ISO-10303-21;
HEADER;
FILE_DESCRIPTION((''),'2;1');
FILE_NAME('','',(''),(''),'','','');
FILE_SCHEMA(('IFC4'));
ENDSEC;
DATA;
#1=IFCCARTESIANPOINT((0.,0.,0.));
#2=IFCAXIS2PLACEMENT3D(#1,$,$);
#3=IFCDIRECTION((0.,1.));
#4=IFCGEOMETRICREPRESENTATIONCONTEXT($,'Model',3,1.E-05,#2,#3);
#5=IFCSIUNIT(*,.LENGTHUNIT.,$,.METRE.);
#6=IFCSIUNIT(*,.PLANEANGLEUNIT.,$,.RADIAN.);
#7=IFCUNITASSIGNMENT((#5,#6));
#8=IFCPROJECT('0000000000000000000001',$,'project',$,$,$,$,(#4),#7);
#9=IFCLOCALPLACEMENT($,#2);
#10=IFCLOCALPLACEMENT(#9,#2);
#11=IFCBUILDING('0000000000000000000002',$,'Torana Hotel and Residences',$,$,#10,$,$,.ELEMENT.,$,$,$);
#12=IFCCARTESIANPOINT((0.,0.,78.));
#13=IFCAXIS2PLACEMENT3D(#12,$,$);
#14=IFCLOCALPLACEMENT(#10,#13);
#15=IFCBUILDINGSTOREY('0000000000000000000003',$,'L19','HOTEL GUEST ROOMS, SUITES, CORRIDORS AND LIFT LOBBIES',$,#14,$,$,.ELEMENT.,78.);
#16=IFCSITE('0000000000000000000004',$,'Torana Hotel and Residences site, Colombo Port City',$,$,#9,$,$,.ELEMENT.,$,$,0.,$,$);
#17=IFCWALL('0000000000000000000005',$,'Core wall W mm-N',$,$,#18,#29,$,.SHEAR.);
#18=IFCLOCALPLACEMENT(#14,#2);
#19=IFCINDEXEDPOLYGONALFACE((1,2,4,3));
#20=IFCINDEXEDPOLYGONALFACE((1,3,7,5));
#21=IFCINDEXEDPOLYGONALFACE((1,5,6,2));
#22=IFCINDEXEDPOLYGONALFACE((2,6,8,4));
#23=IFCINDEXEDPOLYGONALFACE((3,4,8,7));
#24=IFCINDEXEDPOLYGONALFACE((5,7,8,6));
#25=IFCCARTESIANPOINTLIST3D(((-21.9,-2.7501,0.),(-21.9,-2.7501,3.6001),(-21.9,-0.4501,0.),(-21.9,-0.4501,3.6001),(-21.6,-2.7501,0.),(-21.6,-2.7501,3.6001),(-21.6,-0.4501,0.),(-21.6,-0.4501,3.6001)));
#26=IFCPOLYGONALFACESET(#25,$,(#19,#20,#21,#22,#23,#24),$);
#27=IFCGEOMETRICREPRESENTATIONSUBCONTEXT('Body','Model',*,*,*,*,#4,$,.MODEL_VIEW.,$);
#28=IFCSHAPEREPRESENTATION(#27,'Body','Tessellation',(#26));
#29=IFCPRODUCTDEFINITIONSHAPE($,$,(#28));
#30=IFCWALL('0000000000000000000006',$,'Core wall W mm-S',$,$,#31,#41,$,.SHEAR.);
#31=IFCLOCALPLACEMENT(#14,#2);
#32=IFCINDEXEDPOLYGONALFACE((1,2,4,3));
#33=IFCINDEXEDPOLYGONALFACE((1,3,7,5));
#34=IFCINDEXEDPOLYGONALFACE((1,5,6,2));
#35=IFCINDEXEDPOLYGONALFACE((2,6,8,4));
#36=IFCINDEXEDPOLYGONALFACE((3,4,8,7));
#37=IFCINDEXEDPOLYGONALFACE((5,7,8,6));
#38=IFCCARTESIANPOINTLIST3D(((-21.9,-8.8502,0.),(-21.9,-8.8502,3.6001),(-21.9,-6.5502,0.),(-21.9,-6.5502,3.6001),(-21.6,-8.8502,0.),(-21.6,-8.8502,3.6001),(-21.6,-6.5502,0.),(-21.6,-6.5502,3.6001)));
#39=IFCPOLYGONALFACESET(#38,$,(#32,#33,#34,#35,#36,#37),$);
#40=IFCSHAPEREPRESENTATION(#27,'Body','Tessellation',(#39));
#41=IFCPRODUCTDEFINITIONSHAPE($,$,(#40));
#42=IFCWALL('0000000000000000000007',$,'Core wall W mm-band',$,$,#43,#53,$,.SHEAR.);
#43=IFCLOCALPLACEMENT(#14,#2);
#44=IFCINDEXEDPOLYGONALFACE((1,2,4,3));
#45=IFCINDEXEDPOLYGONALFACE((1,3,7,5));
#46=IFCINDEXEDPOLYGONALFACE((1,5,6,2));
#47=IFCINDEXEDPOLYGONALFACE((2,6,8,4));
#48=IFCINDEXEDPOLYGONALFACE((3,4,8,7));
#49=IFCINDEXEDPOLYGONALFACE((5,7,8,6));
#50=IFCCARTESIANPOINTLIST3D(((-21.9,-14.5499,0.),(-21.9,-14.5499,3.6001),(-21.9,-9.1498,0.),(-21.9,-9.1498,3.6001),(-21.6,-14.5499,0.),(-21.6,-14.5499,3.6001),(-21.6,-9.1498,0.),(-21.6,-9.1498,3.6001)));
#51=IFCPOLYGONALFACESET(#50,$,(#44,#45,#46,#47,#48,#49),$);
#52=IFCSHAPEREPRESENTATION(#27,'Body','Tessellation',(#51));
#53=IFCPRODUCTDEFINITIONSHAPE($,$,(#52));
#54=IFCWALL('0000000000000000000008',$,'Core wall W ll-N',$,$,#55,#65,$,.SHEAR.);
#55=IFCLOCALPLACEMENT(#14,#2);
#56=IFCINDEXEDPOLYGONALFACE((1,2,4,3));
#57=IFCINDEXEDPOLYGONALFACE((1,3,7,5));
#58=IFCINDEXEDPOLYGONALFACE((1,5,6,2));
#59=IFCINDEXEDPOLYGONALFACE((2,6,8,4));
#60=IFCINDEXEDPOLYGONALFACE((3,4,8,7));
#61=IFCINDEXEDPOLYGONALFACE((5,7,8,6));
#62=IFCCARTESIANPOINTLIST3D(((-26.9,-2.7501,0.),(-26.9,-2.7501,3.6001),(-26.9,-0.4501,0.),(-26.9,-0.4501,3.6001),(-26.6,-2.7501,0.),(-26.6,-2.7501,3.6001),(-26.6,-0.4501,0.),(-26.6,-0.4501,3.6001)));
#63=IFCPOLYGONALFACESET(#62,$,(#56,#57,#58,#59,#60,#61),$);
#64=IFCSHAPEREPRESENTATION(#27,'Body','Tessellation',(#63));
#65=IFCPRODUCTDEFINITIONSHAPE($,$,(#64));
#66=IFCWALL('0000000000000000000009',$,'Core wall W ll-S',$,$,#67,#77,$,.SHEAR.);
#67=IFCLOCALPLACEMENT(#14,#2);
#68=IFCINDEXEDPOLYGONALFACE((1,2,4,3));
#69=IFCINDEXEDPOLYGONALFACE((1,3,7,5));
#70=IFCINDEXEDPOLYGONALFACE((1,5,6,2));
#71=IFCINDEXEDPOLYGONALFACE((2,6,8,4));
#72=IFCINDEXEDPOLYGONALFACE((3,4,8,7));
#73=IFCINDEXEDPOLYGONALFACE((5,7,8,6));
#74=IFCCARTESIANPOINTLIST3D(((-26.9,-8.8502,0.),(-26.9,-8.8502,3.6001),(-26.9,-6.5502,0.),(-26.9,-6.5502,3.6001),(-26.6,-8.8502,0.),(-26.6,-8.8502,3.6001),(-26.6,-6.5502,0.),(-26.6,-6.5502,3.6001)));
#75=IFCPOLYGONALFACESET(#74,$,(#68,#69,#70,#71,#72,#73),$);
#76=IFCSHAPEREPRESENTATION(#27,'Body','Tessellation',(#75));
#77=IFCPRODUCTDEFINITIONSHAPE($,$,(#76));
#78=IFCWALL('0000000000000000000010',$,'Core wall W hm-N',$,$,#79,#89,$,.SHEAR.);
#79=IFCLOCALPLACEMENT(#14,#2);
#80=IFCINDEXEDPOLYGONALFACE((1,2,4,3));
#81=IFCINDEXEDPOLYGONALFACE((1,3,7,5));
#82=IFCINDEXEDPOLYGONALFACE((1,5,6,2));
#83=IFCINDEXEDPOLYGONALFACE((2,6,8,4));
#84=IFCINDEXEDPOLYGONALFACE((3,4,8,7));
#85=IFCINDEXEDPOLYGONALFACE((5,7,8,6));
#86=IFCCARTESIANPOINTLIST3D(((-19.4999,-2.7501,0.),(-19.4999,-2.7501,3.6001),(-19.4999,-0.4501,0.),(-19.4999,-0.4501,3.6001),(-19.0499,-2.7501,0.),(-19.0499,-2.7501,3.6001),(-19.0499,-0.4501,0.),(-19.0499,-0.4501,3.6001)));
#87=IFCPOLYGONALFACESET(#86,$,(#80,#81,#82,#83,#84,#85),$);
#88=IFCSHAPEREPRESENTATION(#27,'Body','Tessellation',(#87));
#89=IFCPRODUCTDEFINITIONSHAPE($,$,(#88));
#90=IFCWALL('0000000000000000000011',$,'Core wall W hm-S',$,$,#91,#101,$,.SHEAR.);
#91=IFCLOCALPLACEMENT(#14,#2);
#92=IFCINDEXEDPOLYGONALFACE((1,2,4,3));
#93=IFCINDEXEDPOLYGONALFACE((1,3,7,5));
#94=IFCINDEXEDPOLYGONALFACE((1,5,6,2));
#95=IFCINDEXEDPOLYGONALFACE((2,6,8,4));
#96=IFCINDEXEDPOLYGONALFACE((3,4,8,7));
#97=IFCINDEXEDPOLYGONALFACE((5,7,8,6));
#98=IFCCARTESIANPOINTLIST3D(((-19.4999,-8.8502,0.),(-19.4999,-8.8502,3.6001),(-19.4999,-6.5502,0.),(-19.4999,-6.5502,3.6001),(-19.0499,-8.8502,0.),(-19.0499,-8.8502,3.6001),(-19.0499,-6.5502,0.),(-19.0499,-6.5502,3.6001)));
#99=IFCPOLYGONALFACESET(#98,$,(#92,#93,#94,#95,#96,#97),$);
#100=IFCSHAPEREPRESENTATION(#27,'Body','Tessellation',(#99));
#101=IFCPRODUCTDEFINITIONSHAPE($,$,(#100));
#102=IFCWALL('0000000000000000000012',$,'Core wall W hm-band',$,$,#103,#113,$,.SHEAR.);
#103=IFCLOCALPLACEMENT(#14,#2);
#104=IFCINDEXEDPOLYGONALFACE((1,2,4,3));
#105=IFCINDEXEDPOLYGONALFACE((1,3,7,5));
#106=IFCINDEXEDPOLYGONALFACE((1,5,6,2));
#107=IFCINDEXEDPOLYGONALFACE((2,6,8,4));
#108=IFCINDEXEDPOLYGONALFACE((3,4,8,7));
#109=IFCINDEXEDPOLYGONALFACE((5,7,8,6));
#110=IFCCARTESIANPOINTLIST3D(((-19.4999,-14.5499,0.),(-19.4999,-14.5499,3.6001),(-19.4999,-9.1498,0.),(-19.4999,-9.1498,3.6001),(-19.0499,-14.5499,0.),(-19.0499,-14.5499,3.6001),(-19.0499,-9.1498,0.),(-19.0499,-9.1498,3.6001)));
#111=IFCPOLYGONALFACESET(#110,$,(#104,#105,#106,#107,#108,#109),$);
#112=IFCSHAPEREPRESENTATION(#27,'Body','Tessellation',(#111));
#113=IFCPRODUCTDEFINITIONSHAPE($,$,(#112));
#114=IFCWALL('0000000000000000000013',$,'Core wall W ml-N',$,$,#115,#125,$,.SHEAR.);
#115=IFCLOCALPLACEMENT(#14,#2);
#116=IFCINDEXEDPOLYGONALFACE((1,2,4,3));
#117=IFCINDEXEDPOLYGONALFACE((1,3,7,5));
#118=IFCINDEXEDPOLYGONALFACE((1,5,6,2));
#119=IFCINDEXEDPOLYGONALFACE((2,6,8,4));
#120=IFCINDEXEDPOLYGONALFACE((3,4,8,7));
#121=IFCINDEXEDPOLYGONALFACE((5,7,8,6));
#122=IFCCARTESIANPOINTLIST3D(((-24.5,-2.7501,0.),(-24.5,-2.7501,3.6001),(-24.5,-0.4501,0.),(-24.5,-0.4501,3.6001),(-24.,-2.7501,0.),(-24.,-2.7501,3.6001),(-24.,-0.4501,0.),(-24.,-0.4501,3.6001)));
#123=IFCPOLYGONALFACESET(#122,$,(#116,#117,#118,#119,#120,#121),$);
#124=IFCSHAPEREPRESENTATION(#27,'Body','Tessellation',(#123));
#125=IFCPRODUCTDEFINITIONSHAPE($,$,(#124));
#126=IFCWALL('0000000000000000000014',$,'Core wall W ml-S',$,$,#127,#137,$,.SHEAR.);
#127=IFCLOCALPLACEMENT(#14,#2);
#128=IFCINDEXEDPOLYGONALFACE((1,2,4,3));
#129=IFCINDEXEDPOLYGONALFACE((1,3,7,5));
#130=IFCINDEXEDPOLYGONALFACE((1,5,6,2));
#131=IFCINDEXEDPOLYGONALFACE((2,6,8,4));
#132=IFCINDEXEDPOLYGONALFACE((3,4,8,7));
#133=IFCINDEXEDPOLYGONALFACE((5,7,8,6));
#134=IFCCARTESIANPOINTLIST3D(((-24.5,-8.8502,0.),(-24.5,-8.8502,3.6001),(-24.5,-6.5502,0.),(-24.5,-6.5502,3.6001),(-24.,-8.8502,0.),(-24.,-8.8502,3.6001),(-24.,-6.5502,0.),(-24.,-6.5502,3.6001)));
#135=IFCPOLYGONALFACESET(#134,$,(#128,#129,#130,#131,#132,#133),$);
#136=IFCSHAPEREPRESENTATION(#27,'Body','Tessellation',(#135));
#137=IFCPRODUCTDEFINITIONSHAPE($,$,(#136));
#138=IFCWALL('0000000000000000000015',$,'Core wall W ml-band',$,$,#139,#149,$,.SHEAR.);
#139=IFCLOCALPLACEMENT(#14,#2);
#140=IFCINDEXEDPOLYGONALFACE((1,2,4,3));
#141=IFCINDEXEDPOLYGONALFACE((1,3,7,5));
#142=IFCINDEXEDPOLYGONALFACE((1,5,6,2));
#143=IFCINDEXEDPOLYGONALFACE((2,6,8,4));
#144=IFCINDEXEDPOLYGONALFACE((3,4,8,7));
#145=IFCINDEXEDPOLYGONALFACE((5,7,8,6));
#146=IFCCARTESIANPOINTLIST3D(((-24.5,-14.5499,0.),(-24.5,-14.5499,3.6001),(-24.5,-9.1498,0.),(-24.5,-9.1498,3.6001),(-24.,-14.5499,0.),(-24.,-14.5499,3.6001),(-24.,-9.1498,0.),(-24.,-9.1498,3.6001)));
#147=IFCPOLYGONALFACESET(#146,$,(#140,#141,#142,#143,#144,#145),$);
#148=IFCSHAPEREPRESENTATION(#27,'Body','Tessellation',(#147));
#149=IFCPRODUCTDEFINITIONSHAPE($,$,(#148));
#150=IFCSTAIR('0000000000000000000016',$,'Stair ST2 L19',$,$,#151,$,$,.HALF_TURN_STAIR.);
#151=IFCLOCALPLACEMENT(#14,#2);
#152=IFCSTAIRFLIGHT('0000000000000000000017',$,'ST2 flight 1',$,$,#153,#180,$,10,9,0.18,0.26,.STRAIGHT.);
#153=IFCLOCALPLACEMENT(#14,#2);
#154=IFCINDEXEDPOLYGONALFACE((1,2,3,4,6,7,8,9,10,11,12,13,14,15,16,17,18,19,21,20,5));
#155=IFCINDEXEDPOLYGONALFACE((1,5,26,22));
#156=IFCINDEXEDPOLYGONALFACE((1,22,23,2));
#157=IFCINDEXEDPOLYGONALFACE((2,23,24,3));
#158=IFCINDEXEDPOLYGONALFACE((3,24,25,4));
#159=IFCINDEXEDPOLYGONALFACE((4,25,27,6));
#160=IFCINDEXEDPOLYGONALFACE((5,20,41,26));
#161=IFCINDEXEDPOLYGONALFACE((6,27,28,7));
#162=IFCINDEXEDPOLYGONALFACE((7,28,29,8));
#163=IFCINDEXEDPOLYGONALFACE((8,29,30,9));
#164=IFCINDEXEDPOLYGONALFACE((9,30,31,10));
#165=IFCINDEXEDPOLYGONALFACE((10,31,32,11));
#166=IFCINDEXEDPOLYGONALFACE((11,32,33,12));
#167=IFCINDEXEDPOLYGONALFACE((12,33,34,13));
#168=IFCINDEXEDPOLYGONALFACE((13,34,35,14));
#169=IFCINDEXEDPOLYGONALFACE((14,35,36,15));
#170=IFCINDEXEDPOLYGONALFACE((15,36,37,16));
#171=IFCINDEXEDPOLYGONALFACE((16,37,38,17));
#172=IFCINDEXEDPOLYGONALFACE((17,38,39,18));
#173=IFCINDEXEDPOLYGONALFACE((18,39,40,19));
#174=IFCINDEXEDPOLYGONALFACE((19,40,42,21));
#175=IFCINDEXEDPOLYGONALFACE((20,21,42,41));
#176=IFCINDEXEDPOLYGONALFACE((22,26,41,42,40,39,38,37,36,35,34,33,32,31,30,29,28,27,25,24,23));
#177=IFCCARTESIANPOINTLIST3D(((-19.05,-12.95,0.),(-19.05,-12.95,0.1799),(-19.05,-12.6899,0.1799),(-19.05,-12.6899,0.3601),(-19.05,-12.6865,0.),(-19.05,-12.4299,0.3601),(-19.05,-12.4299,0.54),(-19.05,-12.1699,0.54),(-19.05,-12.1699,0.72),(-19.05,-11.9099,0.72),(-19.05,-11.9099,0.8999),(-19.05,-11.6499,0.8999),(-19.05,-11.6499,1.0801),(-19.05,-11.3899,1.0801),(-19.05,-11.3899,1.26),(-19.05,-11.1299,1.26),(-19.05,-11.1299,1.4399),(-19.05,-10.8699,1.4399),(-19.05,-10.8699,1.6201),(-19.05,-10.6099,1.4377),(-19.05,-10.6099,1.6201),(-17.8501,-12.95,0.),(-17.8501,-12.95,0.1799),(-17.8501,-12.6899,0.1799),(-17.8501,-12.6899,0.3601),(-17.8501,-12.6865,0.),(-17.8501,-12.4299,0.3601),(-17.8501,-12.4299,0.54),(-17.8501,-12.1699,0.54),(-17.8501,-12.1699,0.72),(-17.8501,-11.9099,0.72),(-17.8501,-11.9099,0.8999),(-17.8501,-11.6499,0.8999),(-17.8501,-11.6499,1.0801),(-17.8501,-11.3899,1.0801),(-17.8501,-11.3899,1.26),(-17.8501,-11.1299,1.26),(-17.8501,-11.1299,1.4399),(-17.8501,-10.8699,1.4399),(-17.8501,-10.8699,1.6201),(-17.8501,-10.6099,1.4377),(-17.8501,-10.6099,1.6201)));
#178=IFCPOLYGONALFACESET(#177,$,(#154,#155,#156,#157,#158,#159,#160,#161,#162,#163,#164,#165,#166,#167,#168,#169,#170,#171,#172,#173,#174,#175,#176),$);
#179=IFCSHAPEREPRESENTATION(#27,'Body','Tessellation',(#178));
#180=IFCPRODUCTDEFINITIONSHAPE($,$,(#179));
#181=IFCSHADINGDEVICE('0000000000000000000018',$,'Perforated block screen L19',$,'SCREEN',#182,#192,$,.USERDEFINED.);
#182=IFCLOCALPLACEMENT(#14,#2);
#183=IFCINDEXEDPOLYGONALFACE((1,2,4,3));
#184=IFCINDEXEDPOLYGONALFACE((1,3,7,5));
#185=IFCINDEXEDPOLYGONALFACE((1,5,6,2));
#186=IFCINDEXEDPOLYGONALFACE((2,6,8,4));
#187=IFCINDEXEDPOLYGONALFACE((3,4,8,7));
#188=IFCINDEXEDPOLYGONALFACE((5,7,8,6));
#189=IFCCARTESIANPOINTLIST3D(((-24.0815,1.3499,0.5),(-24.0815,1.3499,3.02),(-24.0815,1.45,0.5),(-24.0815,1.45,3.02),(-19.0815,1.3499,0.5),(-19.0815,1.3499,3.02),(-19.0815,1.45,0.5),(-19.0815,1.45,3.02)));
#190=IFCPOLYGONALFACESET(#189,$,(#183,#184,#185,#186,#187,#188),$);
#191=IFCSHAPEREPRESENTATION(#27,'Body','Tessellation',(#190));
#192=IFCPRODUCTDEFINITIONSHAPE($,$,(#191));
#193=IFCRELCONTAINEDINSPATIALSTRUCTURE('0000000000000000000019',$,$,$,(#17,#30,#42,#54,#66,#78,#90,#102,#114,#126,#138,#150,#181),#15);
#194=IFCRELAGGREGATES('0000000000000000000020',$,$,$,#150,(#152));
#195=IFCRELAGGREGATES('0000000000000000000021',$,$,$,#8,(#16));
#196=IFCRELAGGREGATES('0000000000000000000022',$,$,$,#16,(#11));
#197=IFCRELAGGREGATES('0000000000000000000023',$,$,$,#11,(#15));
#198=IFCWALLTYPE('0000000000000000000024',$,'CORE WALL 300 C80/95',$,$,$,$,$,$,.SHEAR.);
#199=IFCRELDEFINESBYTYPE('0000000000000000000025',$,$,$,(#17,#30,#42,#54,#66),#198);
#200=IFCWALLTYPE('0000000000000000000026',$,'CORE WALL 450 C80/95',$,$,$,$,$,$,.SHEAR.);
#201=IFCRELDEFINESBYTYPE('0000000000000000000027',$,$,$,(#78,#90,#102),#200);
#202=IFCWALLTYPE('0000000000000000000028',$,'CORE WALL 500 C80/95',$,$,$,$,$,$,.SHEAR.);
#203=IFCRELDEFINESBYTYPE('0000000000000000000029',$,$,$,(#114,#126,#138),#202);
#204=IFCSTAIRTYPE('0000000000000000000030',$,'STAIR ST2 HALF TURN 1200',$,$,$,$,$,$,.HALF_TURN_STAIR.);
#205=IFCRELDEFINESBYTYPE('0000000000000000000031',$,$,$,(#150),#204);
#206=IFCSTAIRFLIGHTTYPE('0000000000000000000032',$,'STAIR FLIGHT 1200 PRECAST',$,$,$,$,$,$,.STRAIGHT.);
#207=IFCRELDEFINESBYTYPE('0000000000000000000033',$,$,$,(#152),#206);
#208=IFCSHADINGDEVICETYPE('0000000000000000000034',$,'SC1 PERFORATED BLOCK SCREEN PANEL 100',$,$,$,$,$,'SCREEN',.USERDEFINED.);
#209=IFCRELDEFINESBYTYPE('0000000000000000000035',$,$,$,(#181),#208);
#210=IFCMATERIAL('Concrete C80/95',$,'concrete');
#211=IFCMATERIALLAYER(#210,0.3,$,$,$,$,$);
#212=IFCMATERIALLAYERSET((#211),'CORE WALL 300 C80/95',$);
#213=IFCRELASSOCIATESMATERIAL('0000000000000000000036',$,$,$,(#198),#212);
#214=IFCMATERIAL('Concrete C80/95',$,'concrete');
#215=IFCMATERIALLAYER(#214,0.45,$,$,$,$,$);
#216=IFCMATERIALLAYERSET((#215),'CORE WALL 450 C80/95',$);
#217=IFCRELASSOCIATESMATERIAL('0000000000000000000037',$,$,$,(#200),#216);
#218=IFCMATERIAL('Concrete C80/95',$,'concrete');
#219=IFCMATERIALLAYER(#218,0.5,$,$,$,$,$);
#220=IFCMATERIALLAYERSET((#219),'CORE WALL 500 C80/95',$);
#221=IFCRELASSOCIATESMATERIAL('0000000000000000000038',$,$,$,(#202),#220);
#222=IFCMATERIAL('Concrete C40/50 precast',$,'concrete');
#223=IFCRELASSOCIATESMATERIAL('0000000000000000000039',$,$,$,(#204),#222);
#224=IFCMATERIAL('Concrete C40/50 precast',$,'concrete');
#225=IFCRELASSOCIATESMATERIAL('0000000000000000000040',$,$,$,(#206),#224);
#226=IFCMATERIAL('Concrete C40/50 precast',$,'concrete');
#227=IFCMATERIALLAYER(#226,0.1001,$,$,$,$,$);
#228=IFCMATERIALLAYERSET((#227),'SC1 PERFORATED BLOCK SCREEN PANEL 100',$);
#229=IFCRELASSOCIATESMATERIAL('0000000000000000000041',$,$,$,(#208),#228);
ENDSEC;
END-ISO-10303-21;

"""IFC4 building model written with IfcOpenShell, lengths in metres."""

from ifc_helpers import new_model, si_unit, direction, frame, frame_2d, origin, origin_2d, place, context, subcontext, project, spatial, polyline, rectangle, outline, extrude, material, layer, layer_set, type_object, element, aggregate, save


model = new_model("IFC4")

# Units and contexts
model_context = context("Model", 3, precision=1e-05, world=origin(), true_north=direction((0.0, 1.0)))
body_context = subcontext(model_context, "Body", "Model", "MODEL_VIEW")
ifc_project = project(units=[si_unit("LENGTHUNIT", "METRE"), si_unit("PLANEANGLEUNIT", "RADIAN")], contexts=[model_context])

# Site, building, storey
site_placement = place(None, origin())
site = spatial("IfcSite", under=ifc_project, at=site_placement, Name="Torana Hotel and Residences site, Colombo Port City", CompositionType="ELEMENT", RefElevation=0.0)
building_placement = place(site_placement, origin())
building = spatial("IfcBuilding", under=site, at=building_placement, Name="Torana Hotel and Residences", CompositionType="ELEMENT")
storey_placement = place(building_placement, frame((0.0, 0.0, 78.0)))
storey = spatial("IfcBuildingStorey", under=building, at=storey_placement, Name="L19", Description="HOTEL GUEST ROOMS, SUITES, CORRIDORS AND LIFT LOBBIES", CompositionType="ELEMENT", Elevation=78.0)

# Walls
ifc_material_1 = material(Name="Concrete C80/95", Category="concrete")
ifc_layer_1 = layer(ifc_material_1, 0.3)
ifc_layer_set_1 = layer_set([ifc_layer_1], Name="CORE WALL 300 C80/95")
wall_type_1 = type_object("IfcWallType", Name="CORE WALL 300 C80/95", PredefinedType="SHEAR", material=ifc_layer_set_1)
for number, where, z_axis, x_axis, name in (
    (1, (-21.75, -2.75, 0.0), (0.0, 0.0, 1.0), (0.0, 1.0, 0.0), "Core wall W mm-N"),
    (2, (-21.75, -8.8501, 0.0), (0.0, 0.0, 1.0), (0.0, 1.0, 0.0), "Core wall W mm-S"),
):
    element("IfcWall", number, at=place(storey_placement, frame(where, z_axis=z_axis, x_axis=x_axis)), inside=storey, type_object=wall_type_1, Name=name, PredefinedType="SHEAR", context=body_context, shape_type="SweptSolid", body=[
        extrude(rectangle(XDim=2.3, YDim=0.3, at=frame_2d((1.1499, 0.0))), origin(), (0.0, 0.0, 1.0), 3.6001),
    ])
wall_1_placement = place(storey_placement, frame((-21.75, -14.55, 0.0), z_axis=(0.0, 0.0, 1.0), x_axis=(0.0, 1.0, 0.0)))
element("IfcWall", 3, at=wall_1_placement, inside=storey, type_object=wall_type_1, Name="Core wall W mm-band", PredefinedType="SHEAR", context=body_context, shape_type="SweptSolid", body=[
    extrude(rectangle(XDim=5.4001, YDim=0.3, at=frame_2d((2.7002, 0.0))), origin(), (0.0, 0.0, 1.0), 3.6001),
])
for number, where, z_axis, x_axis, name in (
    (4, (-26.75, -2.75, 0.0), (0.0, 0.0, 1.0), (0.0, 1.0, 0.0), "Core wall W ll-N"),
    (5, (-26.75, -8.8501, 0.0), (0.0, 0.0, 1.0), (0.0, 1.0, 0.0), "Core wall W ll-S"),
):
    element("IfcWall", number, at=place(storey_placement, frame(where, z_axis=z_axis, x_axis=x_axis)), inside=storey, type_object=wall_type_1, Name=name, PredefinedType="SHEAR", context=body_context, shape_type="SweptSolid", body=[
        extrude(rectangle(XDim=2.3, YDim=0.3, at=frame_2d((1.1499, 0.0))), origin(), (0.0, 0.0, 1.0), 3.6001),
    ])
ifc_material_2 = material(Name="Concrete C80/95", Category="concrete")
ifc_layer_2 = layer(ifc_material_2, 0.45)
ifc_layer_set_2 = layer_set([ifc_layer_2], Name="CORE WALL 450 C80/95")
wall_type_2 = type_object("IfcWallType", Name="CORE WALL 450 C80/95", PredefinedType="SHEAR", material=ifc_layer_set_2)
for number, where, z_axis, x_axis, name in (
    (6, (-19.2749, -2.75, 0.0), (0.0, 0.0, 1.0), (0.0, 1.0, 0.0), "Core wall W hm-N"),
    (7, (-19.2749, -8.8501, 0.0), (0.0, 0.0, 1.0), (0.0, 1.0, 0.0), "Core wall W hm-S"),
):
    element("IfcWall", number, at=place(storey_placement, frame(where, z_axis=z_axis, x_axis=x_axis)), inside=storey, type_object=wall_type_2, Name=name, PredefinedType="SHEAR", context=body_context, shape_type="SweptSolid", body=[
        extrude(rectangle(XDim=2.3, YDim=0.45, at=frame_2d((1.1499, 0.0))), origin(), (0.0, 0.0, 1.0), 3.6001),
    ])
wall_2_placement = place(storey_placement, frame((-19.2749, -14.55, 0.0), z_axis=(0.0, 0.0, 1.0), x_axis=(0.0, 1.0, 0.0)))
element("IfcWall", 8, at=wall_2_placement, inside=storey, type_object=wall_type_2, Name="Core wall W hm-band", PredefinedType="SHEAR", context=body_context, shape_type="SweptSolid", body=[
    extrude(rectangle(XDim=5.4001, YDim=0.45, at=frame_2d((2.7002, 0.0))), origin(), (0.0, 0.0, 1.0), 3.6001),
])
ifc_material_3 = material(Name="Concrete C80/95", Category="concrete")
ifc_layer_3 = layer(ifc_material_3, 0.5)
ifc_layer_set_3 = layer_set([ifc_layer_3], Name="CORE WALL 500 C80/95")
wall_type_3 = type_object("IfcWallType", Name="CORE WALL 500 C80/95", PredefinedType="SHEAR", material=ifc_layer_set_3)
for number, where, z_axis, x_axis, name in (
    (9, (-24.25, -2.75, 0.0), (0.0, 0.0, 1.0), (0.0, 1.0, 0.0), "Core wall W ml-N"),
    (10, (-24.25, -8.8501, 0.0), (0.0, 0.0, 1.0), (0.0, 1.0, 0.0), "Core wall W ml-S"),
):
    element("IfcWall", number, at=place(storey_placement, frame(where, z_axis=z_axis, x_axis=x_axis)), inside=storey, type_object=wall_type_3, Name=name, PredefinedType="SHEAR", context=body_context, shape_type="SweptSolid", body=[
        extrude(rectangle(XDim=2.3, YDim=0.5, at=frame_2d((1.1499, 0.0))), origin(), (0.0, 0.0, 1.0), 3.6001),
    ])
wall_3_placement = place(storey_placement, frame((-24.25, -14.55, 0.0), z_axis=(0.0, 0.0, 1.0), x_axis=(0.0, 1.0, 0.0)))
element("IfcWall", 11, at=wall_3_placement, inside=storey, type_object=wall_type_3, Name="Core wall W ml-band", PredefinedType="SHEAR", context=body_context, shape_type="SweptSolid", body=[
    extrude(rectangle(XDim=5.4001, YDim=0.5, at=frame_2d((2.7002, 0.0))), origin(), (0.0, 0.0, 1.0), 3.6001),
])

# Stair, stair flight
ifc_material_4 = material(Name="Concrete C40/50 precast", Category="concrete")
stair_type = type_object("IfcStairType", Name="STAIR ST2 HALF TURN 1200", PredefinedType="HALF_TURN_STAIR", material=ifc_material_4)
stair_placement = place(storey_placement, origin())
stair = element("IfcStair", 12, at=stair_placement, inside=storey, type_object=stair_type, Name="Stair ST2 L19", PredefinedType="HALF_TURN_STAIR")
ifc_material_5 = material(Name="Concrete C40/50 precast", Category="concrete")
stair_flight_type = type_object("IfcStairFlightType", Name="STAIR FLIGHT 1200 PRECAST", PredefinedType="STRAIGHT", material=ifc_material_5)
stair_flight_placement = place(storey_placement, frame((-18.45, -12.95, 0.0), z_axis=(0.0, 0.0, 1.0), x_axis=(0.0, 1.0, 0.0)))
stair_flight = element("IfcStairFlight", 13, at=stair_flight_placement, type_object=stair_flight_type, Name="ST2 flight 1", NumberOfRisers=10, NumberOfTreads=9, PredefinedType="STRAIGHT", RiserHeight=0.18, TreadLength=0.26, context=body_context, shape_type="SweptSolid", body=[
    extrude(outline(polyline([(0.0, 0.0), (0.0, 0.1799), (0.26, 0.1799), (0.26, 0.3601), (0.52, 0.3601), (0.52, 0.54), (0.78, 0.54), (0.78, 0.72), (1.04, 0.72), (1.04, 0.8999), (1.3, 0.8999), (1.3, 1.0801), (1.5601, 1.0801), (1.5601, 1.26), (1.8201, 1.26), (1.8201, 1.4399), (2.0801, 1.4399), (2.0801, 1.6201), (2.3401, 1.6201), (2.3401, 1.8), (2.3401, 1.4377), (0.2634, 0.0), (0.0, 0.0)])), frame((0.0, 0.6001, 0.0), z_axis=(0.0, -1.0, 0.0), x_axis=(1.0, 0.0, 0.0)), (0.0, 0.0, 1.0), 1.2),
])
aggregate(stair, [stair_flight])

# Shading device
ifc_material_6 = material(Name="Concrete C40/50 precast", Category="concrete")
ifc_layer_4 = layer(ifc_material_6, 0.1001)
ifc_layer_set_4 = layer_set([ifc_layer_4], Name="SC1 PERFORATED BLOCK SCREEN PANEL 100")
shading_device_type = type_object("IfcShadingDeviceType", Name="SC1 PERFORATED BLOCK SCREEN PANEL 100", ElementType="SCREEN", PredefinedType="USERDEFINED", material=ifc_layer_set_4)
shading_device_placement = place(storey_placement, frame((-21.5815, 1.3999, 0.5), z_axis=(0.0, 0.0, 1.0), x_axis=(-1.0, 0.0, 0.0)))
element("IfcShadingDevice", 14, at=shading_device_placement, inside=storey, type_object=shading_device_type, Name="Perforated block screen L19", ObjectType="SCREEN", PredefinedType="USERDEFINED", context=body_context, shape_type="SweptSolid", body=[
    extrude(rectangle(XDim=5.0, YDim=0.1001, at=origin_2d()), origin(), (0.0, 0.0, 1.0), 2.52),
])

save(model, "model.ifc")
